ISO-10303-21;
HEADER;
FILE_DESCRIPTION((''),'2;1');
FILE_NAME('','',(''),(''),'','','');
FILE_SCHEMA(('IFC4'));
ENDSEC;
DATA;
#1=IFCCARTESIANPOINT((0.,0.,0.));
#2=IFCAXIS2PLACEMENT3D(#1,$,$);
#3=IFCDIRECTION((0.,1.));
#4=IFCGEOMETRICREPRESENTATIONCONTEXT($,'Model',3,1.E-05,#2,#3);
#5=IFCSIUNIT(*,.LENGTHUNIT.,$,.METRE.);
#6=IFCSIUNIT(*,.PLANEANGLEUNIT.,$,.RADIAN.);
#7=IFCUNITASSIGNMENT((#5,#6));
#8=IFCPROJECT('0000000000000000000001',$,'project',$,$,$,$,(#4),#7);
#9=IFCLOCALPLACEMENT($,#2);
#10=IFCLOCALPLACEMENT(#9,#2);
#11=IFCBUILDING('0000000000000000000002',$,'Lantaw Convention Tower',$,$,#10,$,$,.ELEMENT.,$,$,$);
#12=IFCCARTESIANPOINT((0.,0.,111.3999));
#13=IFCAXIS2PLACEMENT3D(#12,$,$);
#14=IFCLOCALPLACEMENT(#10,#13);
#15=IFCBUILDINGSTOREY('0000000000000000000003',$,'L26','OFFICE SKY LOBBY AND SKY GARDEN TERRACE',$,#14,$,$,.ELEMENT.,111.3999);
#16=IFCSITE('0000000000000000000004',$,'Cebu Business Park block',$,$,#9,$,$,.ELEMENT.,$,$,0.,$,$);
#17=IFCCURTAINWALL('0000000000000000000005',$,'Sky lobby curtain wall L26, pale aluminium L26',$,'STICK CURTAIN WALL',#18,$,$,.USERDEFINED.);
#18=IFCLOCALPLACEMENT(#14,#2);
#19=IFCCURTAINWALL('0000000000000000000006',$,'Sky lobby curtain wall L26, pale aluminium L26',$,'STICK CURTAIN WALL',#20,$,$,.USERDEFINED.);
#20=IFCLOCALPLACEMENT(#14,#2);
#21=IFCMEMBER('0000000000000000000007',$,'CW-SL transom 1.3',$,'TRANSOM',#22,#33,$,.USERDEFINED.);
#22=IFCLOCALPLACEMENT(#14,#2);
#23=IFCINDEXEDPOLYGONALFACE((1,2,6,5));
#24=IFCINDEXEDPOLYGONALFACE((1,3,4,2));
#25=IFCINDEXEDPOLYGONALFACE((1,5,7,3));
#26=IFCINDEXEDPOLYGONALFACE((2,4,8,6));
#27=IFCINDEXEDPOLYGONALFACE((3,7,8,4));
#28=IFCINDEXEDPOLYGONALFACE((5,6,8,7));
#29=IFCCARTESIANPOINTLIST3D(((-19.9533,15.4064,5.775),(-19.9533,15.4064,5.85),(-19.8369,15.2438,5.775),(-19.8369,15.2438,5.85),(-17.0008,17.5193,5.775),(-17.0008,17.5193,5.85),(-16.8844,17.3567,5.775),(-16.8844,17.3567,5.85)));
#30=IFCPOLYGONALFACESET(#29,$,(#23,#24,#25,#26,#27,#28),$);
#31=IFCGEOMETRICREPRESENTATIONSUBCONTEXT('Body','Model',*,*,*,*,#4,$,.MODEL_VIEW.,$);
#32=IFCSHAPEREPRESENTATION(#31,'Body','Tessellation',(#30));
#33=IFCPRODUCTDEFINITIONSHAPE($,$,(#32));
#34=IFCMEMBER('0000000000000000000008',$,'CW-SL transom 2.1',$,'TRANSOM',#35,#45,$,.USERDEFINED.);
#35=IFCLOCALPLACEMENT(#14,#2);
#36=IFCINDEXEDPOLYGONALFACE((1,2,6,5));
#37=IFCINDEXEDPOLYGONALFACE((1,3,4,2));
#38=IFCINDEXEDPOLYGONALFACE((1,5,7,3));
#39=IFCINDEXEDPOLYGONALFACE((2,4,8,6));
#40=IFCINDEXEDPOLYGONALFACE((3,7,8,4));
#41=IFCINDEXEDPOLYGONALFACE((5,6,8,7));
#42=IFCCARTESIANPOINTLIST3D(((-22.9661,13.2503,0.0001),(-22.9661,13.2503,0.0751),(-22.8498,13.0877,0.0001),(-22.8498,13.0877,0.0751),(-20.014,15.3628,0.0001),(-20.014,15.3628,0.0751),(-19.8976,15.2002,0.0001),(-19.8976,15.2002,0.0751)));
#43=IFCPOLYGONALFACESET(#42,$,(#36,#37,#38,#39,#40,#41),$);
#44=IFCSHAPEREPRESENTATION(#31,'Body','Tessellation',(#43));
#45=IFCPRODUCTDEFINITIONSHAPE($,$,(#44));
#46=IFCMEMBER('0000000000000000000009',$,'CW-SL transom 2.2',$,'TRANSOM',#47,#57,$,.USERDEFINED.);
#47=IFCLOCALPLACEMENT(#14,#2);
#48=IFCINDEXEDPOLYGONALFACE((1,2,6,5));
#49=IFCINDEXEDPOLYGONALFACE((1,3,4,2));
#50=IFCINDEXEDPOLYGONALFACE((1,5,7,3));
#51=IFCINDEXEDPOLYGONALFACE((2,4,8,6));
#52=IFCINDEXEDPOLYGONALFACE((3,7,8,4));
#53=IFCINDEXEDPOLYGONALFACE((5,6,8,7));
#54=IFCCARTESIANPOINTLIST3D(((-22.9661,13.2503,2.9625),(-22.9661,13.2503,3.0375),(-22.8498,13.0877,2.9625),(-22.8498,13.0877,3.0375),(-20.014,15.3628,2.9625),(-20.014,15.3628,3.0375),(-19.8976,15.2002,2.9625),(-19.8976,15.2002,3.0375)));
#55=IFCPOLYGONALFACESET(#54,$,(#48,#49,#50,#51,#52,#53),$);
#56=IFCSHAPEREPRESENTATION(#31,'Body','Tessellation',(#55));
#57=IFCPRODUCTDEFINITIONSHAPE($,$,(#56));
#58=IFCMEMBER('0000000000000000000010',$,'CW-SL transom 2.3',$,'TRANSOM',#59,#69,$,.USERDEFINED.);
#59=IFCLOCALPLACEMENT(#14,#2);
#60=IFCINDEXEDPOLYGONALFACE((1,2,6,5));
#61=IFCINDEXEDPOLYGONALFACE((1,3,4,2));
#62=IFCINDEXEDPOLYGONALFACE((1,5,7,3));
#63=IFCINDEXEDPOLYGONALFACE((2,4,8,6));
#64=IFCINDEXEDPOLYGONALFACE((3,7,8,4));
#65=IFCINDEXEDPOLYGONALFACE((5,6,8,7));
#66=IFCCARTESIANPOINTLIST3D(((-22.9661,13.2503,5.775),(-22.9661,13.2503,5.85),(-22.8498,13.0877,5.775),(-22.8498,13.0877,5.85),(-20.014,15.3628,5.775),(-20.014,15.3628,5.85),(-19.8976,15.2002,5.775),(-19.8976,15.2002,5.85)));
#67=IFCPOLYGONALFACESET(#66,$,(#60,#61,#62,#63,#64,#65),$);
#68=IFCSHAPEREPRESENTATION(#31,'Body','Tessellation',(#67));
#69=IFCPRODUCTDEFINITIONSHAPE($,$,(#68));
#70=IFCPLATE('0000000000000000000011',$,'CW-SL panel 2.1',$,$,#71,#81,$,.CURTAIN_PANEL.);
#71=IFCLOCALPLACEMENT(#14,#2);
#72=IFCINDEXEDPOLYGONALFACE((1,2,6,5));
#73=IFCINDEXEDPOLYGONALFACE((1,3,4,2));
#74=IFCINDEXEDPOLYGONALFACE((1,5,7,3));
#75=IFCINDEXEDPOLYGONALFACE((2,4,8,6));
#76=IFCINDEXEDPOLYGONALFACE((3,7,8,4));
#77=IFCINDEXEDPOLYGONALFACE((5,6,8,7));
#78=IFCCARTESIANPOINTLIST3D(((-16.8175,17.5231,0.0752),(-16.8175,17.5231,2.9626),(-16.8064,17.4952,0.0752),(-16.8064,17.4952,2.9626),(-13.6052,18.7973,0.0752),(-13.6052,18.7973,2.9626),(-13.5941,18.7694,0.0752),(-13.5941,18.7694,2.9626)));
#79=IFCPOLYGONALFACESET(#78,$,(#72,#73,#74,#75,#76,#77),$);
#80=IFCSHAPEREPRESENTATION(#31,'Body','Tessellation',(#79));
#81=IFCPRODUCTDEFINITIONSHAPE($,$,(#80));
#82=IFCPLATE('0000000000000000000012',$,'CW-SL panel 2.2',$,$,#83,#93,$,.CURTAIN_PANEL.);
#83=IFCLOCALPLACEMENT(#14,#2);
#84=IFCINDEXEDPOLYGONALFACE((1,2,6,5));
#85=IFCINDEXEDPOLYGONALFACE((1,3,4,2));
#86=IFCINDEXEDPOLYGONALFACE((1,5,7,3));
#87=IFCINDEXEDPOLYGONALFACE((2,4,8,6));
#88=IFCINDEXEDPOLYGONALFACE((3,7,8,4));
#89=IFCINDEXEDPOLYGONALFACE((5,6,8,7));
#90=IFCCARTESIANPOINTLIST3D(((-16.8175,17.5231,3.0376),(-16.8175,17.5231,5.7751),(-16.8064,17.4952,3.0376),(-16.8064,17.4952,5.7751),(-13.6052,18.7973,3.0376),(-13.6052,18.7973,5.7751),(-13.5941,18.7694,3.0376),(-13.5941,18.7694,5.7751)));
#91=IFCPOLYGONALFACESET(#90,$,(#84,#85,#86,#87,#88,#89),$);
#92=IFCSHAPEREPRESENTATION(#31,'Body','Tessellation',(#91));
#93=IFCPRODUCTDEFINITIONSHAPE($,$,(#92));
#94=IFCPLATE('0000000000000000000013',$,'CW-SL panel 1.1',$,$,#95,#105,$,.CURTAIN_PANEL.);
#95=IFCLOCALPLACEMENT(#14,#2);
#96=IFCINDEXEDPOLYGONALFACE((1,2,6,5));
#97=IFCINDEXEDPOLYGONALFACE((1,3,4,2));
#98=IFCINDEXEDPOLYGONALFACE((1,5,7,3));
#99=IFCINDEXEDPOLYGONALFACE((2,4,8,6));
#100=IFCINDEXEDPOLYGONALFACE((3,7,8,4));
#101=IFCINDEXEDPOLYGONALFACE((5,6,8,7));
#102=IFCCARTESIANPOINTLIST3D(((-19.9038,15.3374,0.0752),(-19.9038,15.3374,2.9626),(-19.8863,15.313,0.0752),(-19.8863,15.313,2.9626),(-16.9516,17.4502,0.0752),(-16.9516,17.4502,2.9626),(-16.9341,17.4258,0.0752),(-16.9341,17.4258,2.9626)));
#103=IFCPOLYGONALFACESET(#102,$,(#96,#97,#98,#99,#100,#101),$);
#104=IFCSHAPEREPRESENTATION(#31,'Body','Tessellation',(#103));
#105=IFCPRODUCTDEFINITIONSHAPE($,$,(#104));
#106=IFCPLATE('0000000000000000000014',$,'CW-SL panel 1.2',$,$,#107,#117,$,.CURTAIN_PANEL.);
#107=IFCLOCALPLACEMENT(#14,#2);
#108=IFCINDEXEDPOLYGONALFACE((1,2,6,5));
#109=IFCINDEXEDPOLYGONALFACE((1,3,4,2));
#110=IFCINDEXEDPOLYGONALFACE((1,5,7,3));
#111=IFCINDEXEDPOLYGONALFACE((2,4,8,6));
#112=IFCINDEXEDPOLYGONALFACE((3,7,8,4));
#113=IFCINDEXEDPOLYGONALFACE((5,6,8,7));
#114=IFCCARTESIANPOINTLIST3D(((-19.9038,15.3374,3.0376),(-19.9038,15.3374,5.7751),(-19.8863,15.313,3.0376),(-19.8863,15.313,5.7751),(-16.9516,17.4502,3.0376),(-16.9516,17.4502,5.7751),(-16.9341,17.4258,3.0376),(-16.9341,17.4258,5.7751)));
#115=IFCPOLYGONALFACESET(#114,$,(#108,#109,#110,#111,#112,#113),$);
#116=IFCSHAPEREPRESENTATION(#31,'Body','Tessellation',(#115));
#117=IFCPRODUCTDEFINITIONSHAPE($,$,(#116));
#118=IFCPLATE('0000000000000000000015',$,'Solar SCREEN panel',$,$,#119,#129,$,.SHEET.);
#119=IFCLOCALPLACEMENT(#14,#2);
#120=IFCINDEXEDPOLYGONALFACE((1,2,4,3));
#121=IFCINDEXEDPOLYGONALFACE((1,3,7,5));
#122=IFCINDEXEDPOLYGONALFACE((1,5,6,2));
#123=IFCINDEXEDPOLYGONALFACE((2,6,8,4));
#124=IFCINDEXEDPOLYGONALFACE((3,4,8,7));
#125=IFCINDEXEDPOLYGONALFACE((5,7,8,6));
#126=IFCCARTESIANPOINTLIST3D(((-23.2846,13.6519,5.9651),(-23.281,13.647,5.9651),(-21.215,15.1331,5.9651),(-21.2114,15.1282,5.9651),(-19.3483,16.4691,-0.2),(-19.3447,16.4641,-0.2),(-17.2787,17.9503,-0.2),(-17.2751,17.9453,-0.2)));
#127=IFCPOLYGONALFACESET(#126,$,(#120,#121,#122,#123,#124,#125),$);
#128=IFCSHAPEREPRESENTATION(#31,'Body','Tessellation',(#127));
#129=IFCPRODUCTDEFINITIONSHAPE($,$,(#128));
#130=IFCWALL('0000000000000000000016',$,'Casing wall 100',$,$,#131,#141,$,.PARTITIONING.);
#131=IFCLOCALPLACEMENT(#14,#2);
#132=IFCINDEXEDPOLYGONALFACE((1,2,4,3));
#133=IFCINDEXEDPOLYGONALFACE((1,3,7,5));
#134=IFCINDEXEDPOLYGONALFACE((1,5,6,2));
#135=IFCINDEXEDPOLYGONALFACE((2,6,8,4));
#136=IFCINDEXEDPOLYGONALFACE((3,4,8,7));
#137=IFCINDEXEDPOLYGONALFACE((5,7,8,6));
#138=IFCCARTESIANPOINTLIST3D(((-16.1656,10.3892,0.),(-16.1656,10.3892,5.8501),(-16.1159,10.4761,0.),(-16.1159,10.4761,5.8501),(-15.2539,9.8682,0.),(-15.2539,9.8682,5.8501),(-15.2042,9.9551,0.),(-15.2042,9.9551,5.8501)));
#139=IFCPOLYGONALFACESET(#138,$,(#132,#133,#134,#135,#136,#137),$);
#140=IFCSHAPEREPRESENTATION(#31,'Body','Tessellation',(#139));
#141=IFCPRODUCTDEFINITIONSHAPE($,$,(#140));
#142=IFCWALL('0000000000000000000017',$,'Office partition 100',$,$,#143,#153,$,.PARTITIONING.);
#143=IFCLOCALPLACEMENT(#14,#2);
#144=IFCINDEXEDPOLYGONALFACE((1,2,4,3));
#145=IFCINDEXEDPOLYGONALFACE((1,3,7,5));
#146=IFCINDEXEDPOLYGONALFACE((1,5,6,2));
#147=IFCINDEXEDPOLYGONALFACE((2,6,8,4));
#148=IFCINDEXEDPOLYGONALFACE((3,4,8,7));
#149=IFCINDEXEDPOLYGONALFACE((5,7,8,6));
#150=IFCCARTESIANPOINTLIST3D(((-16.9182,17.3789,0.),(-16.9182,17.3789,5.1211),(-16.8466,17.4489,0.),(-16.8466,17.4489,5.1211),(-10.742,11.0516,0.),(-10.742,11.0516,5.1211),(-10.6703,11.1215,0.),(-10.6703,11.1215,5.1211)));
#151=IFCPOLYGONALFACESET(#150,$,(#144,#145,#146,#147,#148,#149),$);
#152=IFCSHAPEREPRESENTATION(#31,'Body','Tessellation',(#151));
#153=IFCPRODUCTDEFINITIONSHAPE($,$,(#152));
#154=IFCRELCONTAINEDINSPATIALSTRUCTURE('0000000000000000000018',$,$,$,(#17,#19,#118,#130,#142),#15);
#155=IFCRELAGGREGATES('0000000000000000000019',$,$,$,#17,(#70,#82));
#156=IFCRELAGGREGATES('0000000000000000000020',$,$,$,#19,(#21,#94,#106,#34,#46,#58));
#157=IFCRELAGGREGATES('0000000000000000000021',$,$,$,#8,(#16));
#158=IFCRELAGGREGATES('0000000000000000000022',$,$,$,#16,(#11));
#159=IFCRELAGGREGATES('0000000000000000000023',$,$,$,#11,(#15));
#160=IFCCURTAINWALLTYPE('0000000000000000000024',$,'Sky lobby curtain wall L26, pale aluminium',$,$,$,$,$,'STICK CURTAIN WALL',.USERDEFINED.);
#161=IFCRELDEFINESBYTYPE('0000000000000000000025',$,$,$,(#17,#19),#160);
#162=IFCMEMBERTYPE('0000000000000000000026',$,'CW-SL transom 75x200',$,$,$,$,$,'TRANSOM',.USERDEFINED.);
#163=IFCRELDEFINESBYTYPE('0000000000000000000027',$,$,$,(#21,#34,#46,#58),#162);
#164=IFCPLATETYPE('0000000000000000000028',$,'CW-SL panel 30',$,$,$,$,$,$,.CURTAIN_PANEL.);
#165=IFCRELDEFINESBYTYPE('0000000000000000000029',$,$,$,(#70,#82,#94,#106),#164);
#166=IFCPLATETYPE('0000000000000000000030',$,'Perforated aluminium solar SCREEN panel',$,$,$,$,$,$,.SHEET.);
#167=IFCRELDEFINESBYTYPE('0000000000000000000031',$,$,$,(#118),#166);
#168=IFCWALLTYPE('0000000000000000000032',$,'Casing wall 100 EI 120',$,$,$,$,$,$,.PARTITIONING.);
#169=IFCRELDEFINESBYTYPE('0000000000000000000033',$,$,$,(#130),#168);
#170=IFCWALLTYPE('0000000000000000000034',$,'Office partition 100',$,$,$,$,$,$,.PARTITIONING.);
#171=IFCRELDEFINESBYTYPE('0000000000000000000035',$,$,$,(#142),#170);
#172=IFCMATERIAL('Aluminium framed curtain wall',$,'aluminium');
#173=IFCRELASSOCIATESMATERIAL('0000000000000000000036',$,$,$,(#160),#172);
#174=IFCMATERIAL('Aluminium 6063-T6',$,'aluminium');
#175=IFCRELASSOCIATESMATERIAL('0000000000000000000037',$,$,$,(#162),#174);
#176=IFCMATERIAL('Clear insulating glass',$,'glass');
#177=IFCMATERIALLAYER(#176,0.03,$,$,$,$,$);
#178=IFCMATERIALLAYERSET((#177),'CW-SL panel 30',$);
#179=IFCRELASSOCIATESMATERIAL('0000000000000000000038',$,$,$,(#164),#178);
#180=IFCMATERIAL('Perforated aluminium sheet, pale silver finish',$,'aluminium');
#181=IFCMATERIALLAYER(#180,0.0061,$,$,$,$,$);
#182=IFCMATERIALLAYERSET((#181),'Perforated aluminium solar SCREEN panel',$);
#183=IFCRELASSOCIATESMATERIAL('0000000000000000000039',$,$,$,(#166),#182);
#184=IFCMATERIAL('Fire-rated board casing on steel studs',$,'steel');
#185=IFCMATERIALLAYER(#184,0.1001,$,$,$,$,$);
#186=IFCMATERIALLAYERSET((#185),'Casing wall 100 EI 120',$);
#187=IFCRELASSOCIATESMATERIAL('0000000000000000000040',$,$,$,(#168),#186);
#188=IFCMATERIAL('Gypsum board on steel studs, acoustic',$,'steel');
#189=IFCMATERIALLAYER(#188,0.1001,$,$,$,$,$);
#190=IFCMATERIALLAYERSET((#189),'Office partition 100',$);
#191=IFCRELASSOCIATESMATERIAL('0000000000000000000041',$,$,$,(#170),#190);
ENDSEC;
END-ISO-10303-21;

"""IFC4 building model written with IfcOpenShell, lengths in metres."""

from ifc_helpers import new_model, si_unit, direction, frame, frame_2d, origin, origin_2d, place, context, subcontext, project, spatial, polyline, rectangle, outline, extrude, material, layer, layer_set, material_profile, profile_set, type_object, element, aggregate, save


model = new_model("IFC4")

# Units and contexts
model_context = context("Model", 3, precision=1e-05, world=origin(), true_north=direction((0.0, 1.0)))
body_context = subcontext(model_context, "Body", "Model", "MODEL_VIEW")
ifc_project = project(units=[si_unit("LENGTHUNIT", "METRE"), si_unit("PLANEANGLEUNIT", "RADIAN")], contexts=[model_context])

# Site, building, storey
site_placement = place(None, origin())
site = spatial("IfcSite", under=ifc_project, at=site_placement, Name="Cebu Business Park block", CompositionType="ELEMENT", RefElevation=0.0)
building_placement = place(site_placement, origin())
building = spatial("IfcBuilding", under=site, at=building_placement, Name="Lantaw Convention Tower", CompositionType="ELEMENT")
storey_placement = place(building_placement, frame((0.0, 0.0, 111.3999)))
storey = spatial("IfcBuildingStorey", under=building, at=storey_placement, Name="L26", Description="OFFICE SKY LOBBY AND SKY GARDEN TERRACE", CompositionType="ELEMENT", Elevation=111.3999)

# Curtain wall
ifc_material_1 = material(Name="Aluminium framed curtain wall", Category="aluminium")
curtain_wall_type = type_object("IfcCurtainWallType", Name="Sky lobby curtain wall L26, pale aluminium", ElementType="STICK CURTAIN WALL", PredefinedType="USERDEFINED", material=ifc_material_1)
curtain_wall_1_placement = place(storey_placement, origin())
curtain_wall_1 = element("IfcCurtainWall", 1, at=curtain_wall_1_placement, inside=storey, type_object=curtain_wall_type, Name="Sky lobby curtain wall L26, pale aluminium L26", ObjectType="STICK CURTAIN WALL", PredefinedType="USERDEFINED")
ifc_material_2 = material(Name="Aluminium 6063-T6", Category="aluminium")

# Curtain wall, members
curtain_wall_2_placement = place(storey_placement, origin())
curtain_wall_2 = element("IfcCurtainWall", 2, at=curtain_wall_2_placement, inside=storey, type_object=curtain_wall_type, Name="Sky lobby curtain wall L26, pale aluminium L26", ObjectType="STICK CURTAIN WALL", PredefinedType="USERDEFINED")
ifc_material_profile_1 = material_profile(ifc_material_2, rectangle(XDim=0.2, YDim=0.075, at=origin_2d()), Name="CW-SL transom 75x200")
ifc_profile_set_1 = profile_set([ifc_material_profile_1], Name="Aluminium 6063-T6")
member_type_1 = type_object("IfcMemberType", Name="CW-SL transom 75x200", ElementType="TRANSOM", PredefinedType="USERDEFINED", material=ifc_profile_set_1)
member_1_placement = place(storey_placement, frame((-16.9426, 17.438, 5.8125), z_axis=(-0.81322, -0.581957, 0.0), x_axis=(0.581957, -0.81322, 0.0)))
member_1 = element("IfcMember", 3, at=member_1_placement, type_object=member_type_1, Name="CW-SL transom 1.3", ObjectType="TRANSOM", PredefinedType="USERDEFINED", context=body_context, shape_type="SweptSolid", body=[
    extrude(rectangle(XDim=0.2, YDim=0.075, at=origin_2d()), origin(), (0.0, 0.0, 1.0), 3.6306),
])
member_2_placement = place(storey_placement, frame((-19.9558, 15.2815, 0.0376), z_axis=(-0.813229, -0.581944, 0.0), x_axis=(0.581944, -0.813229, 0.0)))
member_2 = element("IfcMember", 4, at=member_2_placement, type_object=member_type_1, Name="CW-SL transom 2.1", ObjectType="TRANSOM", PredefinedType="USERDEFINED", context=body_context, shape_type="SweptSolid", body=[
    extrude(rectangle(XDim=0.2, YDim=0.075, at=origin_2d()), origin(), (0.0, 0.0, 1.0), 3.6301),
])
member_3_placement = place(storey_placement, frame((-19.9558, 15.2815, 3.0), z_axis=(-0.813229, -0.581944, 0.0), x_axis=(0.581944, -0.813229, 0.0)))
member_3 = element("IfcMember", 5, at=member_3_placement, type_object=member_type_1, Name="CW-SL transom 2.2", ObjectType="TRANSOM", PredefinedType="USERDEFINED", context=body_context, shape_type="SweptSolid", body=[
    extrude(rectangle(XDim=0.2, YDim=0.075, at=origin_2d()), origin(), (0.0, 0.0, 1.0), 3.6301),
])
member_4_placement = place(storey_placement, frame((-19.9558, 15.2815, 5.8125), z_axis=(-0.813229, -0.581944, 0.0), x_axis=(0.581944, -0.813229, 0.0)))
member_4 = element("IfcMember", 6, at=member_4_placement, type_object=member_type_1, Name="CW-SL transom 2.3", ObjectType="TRANSOM", PredefinedType="USERDEFINED", context=body_context, shape_type="SweptSolid", body=[
    extrude(rectangle(XDim=0.2, YDim=0.075, at=origin_2d()), origin(), (0.0, 0.0, 1.0), 3.6301),
])

# Plates
ifc_material_3 = material(Name="Clear insulating glass", Category="glass")
ifc_layer_1 = layer(ifc_material_3, 0.03)
ifc_layer_set_1 = layer_set([ifc_layer_1], Name="CW-SL panel 30")
plate_type_1 = type_object("IfcPlateType", Name="CW-SL panel 30", PredefinedType="CURTAIN_PANEL", material=ifc_layer_set_1)
plate_1_placement = place(storey_placement, frame((-15.2058, 18.1462, 0.0752), z_axis=(0.0, 0.0, 1.0), x_axis=(-0.929548, -0.368702, 0.0)))
plate_1 = element("IfcPlate", 7, at=plate_1_placement, type_object=plate_type_1, Name="CW-SL panel 2.1", PredefinedType="CURTAIN_PANEL", context=body_context, shape_type="SweptSolid", body=[
    extrude(rectangle(XDim=3.4558, YDim=0.03, at=origin_2d()), origin(), (0.0, 0.0, 1.0), 2.8875),
])
plate_2_placement = place(storey_placement, frame((-15.2058, 18.1462, 3.0376), z_axis=(0.0, 0.0, 1.0), x_axis=(-0.929548, -0.368702, 0.0)))
plate_2 = element("IfcPlate", 8, at=plate_2_placement, type_object=plate_type_1, Name="CW-SL panel 2.2", PredefinedType="CURTAIN_PANEL", context=body_context, shape_type="SweptSolid", body=[
    extrude(rectangle(XDim=3.4558, YDim=0.03, at=origin_2d()), origin(), (0.0, 0.0, 1.0), 2.7375),
])
aggregate(curtain_wall_1, [plate_1, plate_2])
plate_3_placement = place(storey_placement, frame((-18.4189, 16.3816, 0.0752), z_axis=(0.0, 0.0, 1.0), x_axis=(-0.813208, -0.581973, 0.0)))
plate_3 = element("IfcPlate", 9, at=plate_3_placement, type_object=plate_type_1, Name="CW-SL panel 1.1", PredefinedType="CURTAIN_PANEL", context=body_context, shape_type="SweptSolid", body=[
    extrude(rectangle(XDim=3.6304, YDim=0.03, at=origin_2d()), origin(), (0.0, 0.0, 1.0), 2.8875),
])
plate_4_placement = place(storey_placement, frame((-18.4189, 16.3816, 3.0376), z_axis=(0.0, 0.0, 1.0), x_axis=(-0.813208, -0.581973, 0.0)))
plate_4 = element("IfcPlate", 10, at=plate_4_placement, type_object=plate_type_1, Name="CW-SL panel 1.2", PredefinedType="CURTAIN_PANEL", context=body_context, shape_type="SweptSolid", body=[
    extrude(rectangle(XDim=3.6304, YDim=0.03, at=origin_2d()), origin(), (0.0, 0.0, 1.0), 2.7375),
])
aggregate(curtain_wall_2, [member_1, plate_3, plate_4, member_2, member_3, member_4])
ifc_material_4 = material(Name="Perforated aluminium sheet, pale silver finish", Category="aluminium")
ifc_layer_2 = layer(ifc_material_4, 0.0061)
ifc_layer_set_2 = layer_set([ifc_layer_2], Name="Perforated aluminium solar SCREEN panel")
plate_type_2 = type_object("IfcPlateType", Name="Perforated aluminium solar SCREEN panel", PredefinedType="SHEET", material=ifc_layer_set_2)
plate_5_placement = place(storey_placement, frame((-17.2751, 17.9453, -0.2), z_axis=(0.582, -0.813189, 0.000008), x_axis=(-0.813189, -0.582, 0.0)))
element("IfcPlate", 11, at=plate_5_placement, inside=storey, type_object=plate_type_2, Name="Solar SCREEN panel", PredefinedType="SHEET", context=body_context, shape_type="SweptSolid", body=[
    extrude(outline(polyline([(0.0, 0.0), (2.545, 0.0), (7.3855, -6.165), (4.8405, -6.165), (0.0, 0.0)])), origin(), (0.0, 0.0, -1.0), 0.0061),
])

# Walls
ifc_material_5 = material(Name="Fire-rated board casing on steel studs", Category="steel")
ifc_layer_3 = layer(ifc_material_5, 0.1001)
ifc_layer_set_3 = layer_set([ifc_layer_3], Name="Casing wall 100 EI 120")
wall_type_1 = type_object("IfcWallType", Name="Casing wall 100 EI 120", PredefinedType="PARTITIONING", material=ifc_layer_set_3)
wall_1_placement = place(storey_placement, frame((-16.1406, 10.4326, 0.0), z_axis=(0.0, 0.0, 1.0), x_axis=(0.868215, -0.496189, 0.0)))
element("IfcWall", 12, at=wall_1_placement, inside=storey, type_object=wall_type_1, Name="Casing wall 100", PredefinedType="PARTITIONING", context=body_context, shape_type="SweptSolid", body=[
    extrude(rectangle(XDim=1.05, YDim=0.1001, at=frame_2d((0.5249, 0.0))), origin(), (0.0, 0.0, 1.0), 5.8501),
])
ifc_material_6 = material(Name="Gypsum board on steel studs, acoustic", Category="steel")
ifc_layer_4 = layer(ifc_material_6, 0.1001)
ifc_layer_set_4 = layer_set([ifc_layer_4], Name="Office partition 100")
wall_type_2 = type_object("IfcWallType", Name="Office partition 100", PredefinedType="PARTITIONING", material=ifc_layer_set_4)
wall_2_placement = place(storey_placement, frame((-16.8823, 17.4138, 0.0), z_axis=(0.0, 0.0, 1.0), x_axis=(0.698509, -0.715601, 0.0)))
element("IfcWall", 13, at=wall_2_placement, inside=storey, type_object=wall_type_2, Name="Office partition 100", PredefinedType="PARTITIONING", context=body_context, shape_type="SweptSolid", body=[
    extrude(rectangle(XDim=8.842, YDim=0.1001, at=frame_2d((4.4209, 0.0))), origin(), (0.0, 0.0, 1.0), 5.1211),
])

save(model, "model.ifc")
